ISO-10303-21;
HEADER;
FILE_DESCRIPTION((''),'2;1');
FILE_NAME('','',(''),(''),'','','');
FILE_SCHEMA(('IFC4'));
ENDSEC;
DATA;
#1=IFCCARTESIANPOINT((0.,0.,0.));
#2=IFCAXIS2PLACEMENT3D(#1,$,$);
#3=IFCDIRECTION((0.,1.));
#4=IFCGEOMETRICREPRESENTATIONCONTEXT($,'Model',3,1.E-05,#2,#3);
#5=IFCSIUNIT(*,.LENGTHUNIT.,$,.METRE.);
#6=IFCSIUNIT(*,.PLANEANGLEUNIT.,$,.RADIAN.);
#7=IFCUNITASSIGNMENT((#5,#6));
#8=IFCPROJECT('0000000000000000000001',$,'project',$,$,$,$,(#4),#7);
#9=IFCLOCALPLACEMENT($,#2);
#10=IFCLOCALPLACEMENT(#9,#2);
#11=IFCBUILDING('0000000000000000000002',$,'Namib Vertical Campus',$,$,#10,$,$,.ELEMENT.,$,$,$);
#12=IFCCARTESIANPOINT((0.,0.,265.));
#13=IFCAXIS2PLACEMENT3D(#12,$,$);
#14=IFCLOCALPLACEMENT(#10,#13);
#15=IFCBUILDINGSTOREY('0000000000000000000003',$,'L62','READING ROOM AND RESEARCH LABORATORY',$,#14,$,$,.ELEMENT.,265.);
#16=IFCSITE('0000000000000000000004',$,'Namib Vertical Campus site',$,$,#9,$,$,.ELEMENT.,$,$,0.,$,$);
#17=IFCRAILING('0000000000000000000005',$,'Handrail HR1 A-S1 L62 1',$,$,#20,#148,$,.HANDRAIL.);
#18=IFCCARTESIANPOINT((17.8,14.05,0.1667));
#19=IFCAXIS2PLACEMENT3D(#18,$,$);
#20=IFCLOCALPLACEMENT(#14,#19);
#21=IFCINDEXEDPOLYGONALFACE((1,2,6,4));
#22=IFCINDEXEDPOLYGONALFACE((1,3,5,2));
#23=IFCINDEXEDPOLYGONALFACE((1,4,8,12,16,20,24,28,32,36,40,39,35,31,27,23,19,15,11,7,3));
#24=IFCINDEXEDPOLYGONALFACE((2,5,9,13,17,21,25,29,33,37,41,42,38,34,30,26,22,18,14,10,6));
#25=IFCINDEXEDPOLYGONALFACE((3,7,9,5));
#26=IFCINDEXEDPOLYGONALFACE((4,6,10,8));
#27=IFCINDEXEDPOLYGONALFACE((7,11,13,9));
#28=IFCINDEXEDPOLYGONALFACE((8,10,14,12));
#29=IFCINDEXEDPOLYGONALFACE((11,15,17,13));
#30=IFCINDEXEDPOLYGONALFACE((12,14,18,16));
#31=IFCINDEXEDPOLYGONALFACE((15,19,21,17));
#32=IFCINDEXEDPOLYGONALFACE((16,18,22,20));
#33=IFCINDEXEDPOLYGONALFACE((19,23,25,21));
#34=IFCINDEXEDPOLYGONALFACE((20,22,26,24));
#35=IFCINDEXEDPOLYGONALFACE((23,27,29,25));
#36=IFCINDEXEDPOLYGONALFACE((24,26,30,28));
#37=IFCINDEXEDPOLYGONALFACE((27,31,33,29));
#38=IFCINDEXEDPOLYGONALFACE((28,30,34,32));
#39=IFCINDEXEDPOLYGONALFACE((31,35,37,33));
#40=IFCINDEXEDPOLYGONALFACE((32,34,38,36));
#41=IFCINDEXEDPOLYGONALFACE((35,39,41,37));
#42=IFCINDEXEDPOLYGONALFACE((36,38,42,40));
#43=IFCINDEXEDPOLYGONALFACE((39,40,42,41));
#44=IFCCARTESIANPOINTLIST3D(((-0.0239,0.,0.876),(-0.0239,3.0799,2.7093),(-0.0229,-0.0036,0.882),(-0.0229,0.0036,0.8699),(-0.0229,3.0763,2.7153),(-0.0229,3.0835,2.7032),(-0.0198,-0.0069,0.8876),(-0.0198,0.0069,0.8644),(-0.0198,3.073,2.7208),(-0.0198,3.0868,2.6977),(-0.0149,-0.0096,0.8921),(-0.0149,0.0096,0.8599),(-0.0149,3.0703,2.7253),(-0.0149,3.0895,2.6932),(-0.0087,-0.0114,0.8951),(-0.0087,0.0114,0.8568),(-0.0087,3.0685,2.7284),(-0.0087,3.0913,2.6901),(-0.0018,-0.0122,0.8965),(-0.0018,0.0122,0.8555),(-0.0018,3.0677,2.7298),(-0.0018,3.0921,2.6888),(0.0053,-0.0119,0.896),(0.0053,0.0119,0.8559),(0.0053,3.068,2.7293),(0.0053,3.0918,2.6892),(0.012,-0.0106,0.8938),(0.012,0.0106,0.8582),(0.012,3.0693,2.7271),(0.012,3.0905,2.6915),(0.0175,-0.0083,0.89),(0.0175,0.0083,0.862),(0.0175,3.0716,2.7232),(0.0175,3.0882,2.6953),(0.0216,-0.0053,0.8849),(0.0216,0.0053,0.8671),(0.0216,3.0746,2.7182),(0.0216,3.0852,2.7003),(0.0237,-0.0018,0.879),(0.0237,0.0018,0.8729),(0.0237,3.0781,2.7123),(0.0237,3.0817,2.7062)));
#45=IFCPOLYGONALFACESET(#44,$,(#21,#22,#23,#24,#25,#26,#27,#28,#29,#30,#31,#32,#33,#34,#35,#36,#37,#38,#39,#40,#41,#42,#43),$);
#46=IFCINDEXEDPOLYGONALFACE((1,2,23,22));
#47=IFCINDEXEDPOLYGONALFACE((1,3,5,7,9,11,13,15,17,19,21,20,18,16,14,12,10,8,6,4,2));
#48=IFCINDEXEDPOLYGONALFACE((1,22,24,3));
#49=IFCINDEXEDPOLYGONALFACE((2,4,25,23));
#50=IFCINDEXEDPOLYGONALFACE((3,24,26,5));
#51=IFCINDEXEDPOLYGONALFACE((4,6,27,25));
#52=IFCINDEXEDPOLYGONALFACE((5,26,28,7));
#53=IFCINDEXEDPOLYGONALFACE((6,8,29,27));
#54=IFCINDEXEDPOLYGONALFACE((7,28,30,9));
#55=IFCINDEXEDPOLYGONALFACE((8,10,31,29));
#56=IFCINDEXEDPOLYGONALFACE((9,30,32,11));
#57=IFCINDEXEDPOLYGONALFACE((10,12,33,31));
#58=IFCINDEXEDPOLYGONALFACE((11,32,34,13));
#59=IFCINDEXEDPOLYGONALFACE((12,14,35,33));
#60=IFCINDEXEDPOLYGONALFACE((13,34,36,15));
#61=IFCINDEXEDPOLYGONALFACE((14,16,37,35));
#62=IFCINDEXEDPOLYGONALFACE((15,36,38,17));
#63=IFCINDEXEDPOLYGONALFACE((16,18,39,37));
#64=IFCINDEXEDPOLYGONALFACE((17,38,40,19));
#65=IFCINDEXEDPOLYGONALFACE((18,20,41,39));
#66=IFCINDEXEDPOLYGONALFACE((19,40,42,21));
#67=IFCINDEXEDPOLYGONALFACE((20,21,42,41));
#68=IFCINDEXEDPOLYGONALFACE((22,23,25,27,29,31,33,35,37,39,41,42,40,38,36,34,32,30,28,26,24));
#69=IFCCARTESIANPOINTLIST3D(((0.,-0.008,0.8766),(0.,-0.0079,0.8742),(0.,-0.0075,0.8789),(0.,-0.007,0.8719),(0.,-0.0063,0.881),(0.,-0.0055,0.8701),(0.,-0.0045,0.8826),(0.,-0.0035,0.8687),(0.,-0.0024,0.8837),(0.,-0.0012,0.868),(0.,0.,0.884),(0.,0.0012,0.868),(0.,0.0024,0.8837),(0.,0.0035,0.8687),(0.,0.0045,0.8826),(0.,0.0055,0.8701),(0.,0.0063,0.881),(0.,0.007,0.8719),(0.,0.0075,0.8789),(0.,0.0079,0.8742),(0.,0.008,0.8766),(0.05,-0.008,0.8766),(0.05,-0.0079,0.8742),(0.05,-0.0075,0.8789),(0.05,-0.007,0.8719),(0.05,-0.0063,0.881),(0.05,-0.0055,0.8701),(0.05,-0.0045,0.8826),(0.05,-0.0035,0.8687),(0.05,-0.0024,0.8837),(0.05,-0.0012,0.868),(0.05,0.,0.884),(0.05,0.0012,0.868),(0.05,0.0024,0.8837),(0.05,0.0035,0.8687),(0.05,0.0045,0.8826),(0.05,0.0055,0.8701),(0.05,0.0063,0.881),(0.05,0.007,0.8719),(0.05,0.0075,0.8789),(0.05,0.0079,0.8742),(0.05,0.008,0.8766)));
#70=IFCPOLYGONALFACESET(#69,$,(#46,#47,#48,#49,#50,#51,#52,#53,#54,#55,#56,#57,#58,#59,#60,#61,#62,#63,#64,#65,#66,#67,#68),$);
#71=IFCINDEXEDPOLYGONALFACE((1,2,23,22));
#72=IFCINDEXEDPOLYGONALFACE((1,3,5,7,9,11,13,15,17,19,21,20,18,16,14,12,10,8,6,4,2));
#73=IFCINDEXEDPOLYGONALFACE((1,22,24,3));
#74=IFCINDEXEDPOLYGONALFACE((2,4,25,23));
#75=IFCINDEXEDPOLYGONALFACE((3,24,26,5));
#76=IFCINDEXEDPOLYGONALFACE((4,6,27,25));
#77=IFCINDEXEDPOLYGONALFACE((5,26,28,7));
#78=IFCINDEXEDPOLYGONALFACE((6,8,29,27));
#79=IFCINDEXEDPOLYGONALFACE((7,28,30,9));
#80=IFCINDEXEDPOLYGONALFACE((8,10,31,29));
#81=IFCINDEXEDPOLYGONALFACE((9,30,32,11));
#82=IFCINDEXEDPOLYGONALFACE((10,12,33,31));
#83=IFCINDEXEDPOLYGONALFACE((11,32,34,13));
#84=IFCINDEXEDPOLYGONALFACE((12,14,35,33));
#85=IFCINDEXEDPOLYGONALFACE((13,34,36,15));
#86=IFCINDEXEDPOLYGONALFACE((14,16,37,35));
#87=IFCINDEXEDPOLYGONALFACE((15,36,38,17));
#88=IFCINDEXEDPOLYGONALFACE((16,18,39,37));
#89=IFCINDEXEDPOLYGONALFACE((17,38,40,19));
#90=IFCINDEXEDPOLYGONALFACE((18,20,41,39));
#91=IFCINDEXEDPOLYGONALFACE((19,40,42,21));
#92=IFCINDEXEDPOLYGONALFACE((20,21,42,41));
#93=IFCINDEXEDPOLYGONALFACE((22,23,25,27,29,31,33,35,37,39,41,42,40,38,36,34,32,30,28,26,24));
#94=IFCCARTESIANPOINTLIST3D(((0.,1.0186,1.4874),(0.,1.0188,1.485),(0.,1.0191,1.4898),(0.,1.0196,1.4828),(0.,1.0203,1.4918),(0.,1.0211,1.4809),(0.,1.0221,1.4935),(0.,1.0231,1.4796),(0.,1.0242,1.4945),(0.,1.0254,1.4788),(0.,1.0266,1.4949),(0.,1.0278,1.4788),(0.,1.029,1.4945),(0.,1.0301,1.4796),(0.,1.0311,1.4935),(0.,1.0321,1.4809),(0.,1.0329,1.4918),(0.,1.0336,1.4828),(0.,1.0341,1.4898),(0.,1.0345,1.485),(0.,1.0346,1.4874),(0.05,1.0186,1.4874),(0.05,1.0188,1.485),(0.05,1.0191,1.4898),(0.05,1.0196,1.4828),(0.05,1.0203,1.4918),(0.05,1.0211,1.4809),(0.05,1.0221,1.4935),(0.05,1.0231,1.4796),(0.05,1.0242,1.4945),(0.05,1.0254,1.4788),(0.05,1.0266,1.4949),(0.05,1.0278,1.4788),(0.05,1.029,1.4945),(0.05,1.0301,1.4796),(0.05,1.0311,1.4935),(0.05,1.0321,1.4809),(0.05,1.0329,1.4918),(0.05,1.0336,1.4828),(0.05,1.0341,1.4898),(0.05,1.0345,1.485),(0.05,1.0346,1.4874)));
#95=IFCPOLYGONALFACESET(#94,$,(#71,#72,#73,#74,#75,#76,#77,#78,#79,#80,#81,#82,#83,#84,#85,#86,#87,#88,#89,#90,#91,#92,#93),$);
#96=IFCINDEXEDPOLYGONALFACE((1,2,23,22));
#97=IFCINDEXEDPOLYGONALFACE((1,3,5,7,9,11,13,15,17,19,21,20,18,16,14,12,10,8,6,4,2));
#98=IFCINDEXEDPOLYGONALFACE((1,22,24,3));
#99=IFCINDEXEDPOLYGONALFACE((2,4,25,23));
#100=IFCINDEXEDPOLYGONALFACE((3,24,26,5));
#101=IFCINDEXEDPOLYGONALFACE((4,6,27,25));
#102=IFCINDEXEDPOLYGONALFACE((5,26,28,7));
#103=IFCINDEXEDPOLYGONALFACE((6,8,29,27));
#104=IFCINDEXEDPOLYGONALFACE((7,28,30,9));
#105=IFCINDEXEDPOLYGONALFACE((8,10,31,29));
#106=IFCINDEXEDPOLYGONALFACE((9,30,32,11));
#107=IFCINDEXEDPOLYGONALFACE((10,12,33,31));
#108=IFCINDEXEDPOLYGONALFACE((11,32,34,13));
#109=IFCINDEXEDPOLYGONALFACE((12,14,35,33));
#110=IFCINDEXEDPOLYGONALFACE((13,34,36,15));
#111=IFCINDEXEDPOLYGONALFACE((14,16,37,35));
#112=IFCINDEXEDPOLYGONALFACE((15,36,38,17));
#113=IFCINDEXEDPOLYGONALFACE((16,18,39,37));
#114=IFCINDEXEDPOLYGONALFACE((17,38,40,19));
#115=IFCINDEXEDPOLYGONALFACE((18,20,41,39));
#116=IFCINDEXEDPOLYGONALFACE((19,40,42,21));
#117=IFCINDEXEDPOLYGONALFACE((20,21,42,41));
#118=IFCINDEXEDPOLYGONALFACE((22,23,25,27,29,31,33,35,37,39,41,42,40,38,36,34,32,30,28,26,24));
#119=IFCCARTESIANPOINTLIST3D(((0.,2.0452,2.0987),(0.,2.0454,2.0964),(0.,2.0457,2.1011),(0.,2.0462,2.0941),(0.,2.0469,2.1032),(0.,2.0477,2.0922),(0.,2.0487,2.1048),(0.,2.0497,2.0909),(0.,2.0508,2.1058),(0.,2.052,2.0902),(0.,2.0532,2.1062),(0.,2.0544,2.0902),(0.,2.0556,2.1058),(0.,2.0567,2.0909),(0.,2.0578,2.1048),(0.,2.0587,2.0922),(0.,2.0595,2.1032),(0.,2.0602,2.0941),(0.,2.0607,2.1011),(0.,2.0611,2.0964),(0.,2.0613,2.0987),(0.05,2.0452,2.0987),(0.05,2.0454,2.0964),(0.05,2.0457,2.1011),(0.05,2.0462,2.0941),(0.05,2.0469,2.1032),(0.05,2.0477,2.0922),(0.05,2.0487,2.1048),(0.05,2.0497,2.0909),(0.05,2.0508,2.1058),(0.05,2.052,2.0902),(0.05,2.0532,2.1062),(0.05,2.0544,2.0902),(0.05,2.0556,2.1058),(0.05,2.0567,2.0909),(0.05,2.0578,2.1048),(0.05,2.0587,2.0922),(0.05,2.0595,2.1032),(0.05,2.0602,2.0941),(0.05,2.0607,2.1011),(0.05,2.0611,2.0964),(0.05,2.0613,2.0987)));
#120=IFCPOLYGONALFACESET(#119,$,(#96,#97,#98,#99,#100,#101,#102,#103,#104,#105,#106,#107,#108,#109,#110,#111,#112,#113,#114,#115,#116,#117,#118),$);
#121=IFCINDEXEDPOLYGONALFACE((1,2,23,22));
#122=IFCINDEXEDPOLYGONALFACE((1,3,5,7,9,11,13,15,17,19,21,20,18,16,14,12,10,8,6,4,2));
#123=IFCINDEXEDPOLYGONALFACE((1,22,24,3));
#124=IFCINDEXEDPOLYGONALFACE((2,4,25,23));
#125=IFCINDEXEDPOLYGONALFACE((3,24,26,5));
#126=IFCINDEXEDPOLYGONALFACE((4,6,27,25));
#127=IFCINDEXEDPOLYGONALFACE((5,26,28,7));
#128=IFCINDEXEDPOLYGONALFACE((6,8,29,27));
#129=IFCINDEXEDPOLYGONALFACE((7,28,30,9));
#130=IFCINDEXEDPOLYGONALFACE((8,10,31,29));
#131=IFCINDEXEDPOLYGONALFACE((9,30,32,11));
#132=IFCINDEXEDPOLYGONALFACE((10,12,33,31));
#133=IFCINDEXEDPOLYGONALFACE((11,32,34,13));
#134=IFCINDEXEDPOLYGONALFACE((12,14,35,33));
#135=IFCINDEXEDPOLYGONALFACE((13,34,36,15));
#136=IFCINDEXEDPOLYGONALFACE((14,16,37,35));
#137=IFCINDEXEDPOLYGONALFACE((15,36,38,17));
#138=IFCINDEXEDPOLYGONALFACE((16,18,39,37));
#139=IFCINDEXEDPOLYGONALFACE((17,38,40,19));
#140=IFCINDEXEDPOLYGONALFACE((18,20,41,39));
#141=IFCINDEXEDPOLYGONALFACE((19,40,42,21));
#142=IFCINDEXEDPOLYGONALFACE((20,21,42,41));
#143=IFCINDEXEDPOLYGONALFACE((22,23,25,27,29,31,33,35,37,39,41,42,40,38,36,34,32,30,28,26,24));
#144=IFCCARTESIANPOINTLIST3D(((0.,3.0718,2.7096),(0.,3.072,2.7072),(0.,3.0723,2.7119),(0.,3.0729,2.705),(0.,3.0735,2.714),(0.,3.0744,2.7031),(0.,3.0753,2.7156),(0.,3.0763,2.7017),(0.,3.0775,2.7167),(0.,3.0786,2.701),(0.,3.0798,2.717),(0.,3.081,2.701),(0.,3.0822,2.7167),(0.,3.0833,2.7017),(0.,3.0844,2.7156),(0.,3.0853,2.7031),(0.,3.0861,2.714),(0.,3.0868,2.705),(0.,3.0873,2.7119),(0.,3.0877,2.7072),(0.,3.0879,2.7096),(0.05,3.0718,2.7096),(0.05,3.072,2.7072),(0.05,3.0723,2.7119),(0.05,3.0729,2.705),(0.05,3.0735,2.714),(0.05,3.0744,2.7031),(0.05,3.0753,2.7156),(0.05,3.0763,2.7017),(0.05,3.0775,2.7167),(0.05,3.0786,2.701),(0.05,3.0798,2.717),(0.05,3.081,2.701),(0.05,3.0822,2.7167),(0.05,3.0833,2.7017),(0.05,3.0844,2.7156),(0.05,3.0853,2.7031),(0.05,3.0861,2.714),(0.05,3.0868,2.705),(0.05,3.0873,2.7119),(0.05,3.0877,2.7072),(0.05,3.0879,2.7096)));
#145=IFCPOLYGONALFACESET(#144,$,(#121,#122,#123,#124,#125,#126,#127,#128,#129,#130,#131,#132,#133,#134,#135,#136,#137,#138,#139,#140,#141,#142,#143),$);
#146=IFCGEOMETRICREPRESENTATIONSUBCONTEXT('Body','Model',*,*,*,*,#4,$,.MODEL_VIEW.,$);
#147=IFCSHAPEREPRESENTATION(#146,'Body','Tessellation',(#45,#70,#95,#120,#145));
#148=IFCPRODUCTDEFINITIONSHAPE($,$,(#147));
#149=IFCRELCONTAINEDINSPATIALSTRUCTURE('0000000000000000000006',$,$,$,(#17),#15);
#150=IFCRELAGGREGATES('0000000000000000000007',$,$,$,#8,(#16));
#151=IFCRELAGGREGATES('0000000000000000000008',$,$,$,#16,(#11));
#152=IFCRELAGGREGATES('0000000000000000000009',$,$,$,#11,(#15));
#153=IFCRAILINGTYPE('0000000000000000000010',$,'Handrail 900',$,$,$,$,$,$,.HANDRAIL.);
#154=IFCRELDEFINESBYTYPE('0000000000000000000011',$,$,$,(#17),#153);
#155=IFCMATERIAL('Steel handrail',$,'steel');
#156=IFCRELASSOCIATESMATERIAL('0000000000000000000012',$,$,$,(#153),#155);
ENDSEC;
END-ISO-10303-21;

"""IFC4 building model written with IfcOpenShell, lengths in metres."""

from ifc_helpers import new_model, si_unit, direction, frame, origin, origin_2d, place, context, subcontext, project, spatial, circle, extrude, material, type_object, element, save


model = new_model("IFC4")

# Units and contexts
model_context = context("Model", 3, precision=1e-05, world=origin(), true_north=direction((0.0, 1.0)))
body_context = subcontext(model_context, "Body", "Model", "MODEL_VIEW")
ifc_project = project(units=[si_unit("LENGTHUNIT", "METRE"), si_unit("PLANEANGLEUNIT", "RADIAN")], contexts=[model_context])

# Site, building, storey
site_placement = place(None, origin())
site = spatial("IfcSite", under=ifc_project, at=site_placement, Name="Namib Vertical Campus site", CompositionType="ELEMENT", RefElevation=0.0)
building_placement = place(site_placement, origin())
building = spatial("IfcBuilding", under=site, at=building_placement, Name="Namib Vertical Campus", CompositionType="ELEMENT")
storey_placement = place(building_placement, frame((0.0, 0.0, 265.0)))
storey = spatial("IfcBuildingStorey", under=building, at=storey_placement, Name="L62", Description="READING ROOM AND RESEARCH LABORATORY", CompositionType="ELEMENT", Elevation=265.0)

# Railing
ifc_material_1 = material(Name="Steel handrail", Category="steel")
railing_type_1 = type_object("IfcRailingType", Name="Handrail 900", PredefinedType="HANDRAIL", material=ifc_material_1)
railing_1_placement = place(storey_placement, frame((17.8, 14.05, 0.1667)))
element("IfcRailing", 1, at=railing_1_placement, inside=storey, type_object=railing_type_1, Name="Handrail HR1 A-S1 L62 1", PredefinedType="HANDRAIL", context=body_context, shape_type="SweptSolid", body=[
    extrude(circle(Radius=0.0239, at=origin_2d()), frame((0.0, 0.0, 0.876), z_axis=(0.0, 0.859291, 0.511487), x_axis=(-1.0, 0.0, 0.0)), (0.0, 0.0, 1.0), 3.5842),
    extrude(circle(Radius=0.0081, at=origin_2d()), frame((0.0, 0.0, 0.876), z_axis=(1.0, 0.0, 0.0), x_axis=(0.0, 0.0, 1.0)), (0.0, 0.0, 1.0), 0.05),
    extrude(circle(Radius=0.0081, at=origin_2d()), frame((0.0, 1.0266, 1.4868), z_axis=(1.0, 0.0, 0.0), x_axis=(0.0, 0.0, 1.0)), (0.0, 0.0, 1.0), 0.05),
    extrude(circle(Radius=0.0081, at=origin_2d()), frame((0.0, 2.0532, 2.0981), z_axis=(1.0, 0.0, 0.0), x_axis=(0.0, 0.0, 1.0)), (0.0, 0.0, 1.0), 0.05),
    extrude(circle(Radius=0.0081, at=origin_2d()), frame((0.0, 3.0798, 2.709), z_axis=(1.0, 0.0, 0.0), x_axis=(0.0, 0.0, 1.0)), (0.0, 0.0, 1.0), 0.05),
])

save(model, "model.ifc")
